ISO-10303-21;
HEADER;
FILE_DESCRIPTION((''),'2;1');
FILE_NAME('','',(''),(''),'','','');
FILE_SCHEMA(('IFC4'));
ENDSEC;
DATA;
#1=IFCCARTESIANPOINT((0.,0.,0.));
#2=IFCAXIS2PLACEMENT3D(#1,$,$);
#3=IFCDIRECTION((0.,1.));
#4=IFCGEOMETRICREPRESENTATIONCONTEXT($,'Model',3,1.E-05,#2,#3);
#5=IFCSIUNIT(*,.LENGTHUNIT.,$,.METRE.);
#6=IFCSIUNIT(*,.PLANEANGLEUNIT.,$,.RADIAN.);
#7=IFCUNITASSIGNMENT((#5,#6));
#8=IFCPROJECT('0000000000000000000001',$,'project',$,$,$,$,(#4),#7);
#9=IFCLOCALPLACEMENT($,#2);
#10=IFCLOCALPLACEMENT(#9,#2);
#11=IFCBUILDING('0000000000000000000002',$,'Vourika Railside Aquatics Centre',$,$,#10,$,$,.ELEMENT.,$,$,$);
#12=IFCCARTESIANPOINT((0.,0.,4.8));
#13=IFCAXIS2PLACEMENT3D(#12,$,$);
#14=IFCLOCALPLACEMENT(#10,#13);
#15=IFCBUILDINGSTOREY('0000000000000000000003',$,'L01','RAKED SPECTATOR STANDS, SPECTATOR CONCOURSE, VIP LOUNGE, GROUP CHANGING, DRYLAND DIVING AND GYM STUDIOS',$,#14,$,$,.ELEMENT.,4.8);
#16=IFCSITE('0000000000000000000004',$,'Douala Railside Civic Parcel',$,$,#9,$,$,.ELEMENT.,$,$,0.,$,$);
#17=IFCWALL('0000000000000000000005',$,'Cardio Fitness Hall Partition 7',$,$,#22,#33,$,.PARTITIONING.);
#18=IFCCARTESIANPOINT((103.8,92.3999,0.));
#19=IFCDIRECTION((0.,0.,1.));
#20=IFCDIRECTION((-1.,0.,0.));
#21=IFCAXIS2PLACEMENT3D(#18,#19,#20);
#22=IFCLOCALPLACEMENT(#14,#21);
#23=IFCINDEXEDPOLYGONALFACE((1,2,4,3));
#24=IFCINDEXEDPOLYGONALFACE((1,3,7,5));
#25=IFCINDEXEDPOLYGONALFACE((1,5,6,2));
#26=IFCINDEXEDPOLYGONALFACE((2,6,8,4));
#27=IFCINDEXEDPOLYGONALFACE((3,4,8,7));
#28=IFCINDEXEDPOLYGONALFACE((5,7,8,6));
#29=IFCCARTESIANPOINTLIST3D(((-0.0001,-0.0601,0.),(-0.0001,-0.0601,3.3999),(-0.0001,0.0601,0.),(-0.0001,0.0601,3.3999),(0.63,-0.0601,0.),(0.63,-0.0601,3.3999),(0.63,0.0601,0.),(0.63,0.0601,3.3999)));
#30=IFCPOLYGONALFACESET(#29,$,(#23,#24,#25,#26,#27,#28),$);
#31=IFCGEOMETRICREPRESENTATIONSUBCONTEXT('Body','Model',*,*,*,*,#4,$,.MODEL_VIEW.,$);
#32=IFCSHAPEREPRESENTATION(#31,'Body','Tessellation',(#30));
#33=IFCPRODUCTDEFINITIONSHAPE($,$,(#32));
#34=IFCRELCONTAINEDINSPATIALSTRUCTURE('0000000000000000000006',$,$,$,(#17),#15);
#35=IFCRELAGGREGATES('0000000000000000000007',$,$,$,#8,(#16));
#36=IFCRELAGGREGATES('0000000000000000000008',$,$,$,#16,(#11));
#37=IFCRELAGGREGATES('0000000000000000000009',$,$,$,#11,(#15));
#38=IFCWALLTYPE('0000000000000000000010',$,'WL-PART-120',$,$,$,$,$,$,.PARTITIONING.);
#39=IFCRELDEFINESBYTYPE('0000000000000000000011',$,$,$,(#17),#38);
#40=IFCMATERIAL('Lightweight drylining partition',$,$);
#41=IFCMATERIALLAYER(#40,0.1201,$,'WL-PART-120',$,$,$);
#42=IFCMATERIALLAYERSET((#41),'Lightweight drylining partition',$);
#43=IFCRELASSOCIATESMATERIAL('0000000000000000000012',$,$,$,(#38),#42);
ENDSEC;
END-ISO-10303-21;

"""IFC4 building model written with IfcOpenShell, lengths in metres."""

from ifc_helpers import new_model, si_unit, direction, frame, frame_2d, origin, place, context, subcontext, project, spatial, rectangle, extrude, material, layer, layer_set, type_object, element, save


model = new_model("IFC4")

# Units and contexts
model_context = context("Model", 3, precision=1e-05, world=origin(), true_north=direction((0.0, 1.0)))
body_context = subcontext(model_context, "Body", "Model", "MODEL_VIEW")
ifc_project = project(units=[si_unit("LENGTHUNIT", "METRE"), si_unit("PLANEANGLEUNIT", "RADIAN")], contexts=[model_context])

# Site, building, storey
site_placement = place(None, origin())
site = spatial("IfcSite", under=ifc_project, at=site_placement, Name="Douala Railside Civic Parcel", CompositionType="ELEMENT", RefElevation=0.0)
building_placement = place(site_placement, origin())
building = spatial("IfcBuilding", under=site, at=building_placement, Name="Vourika Railside Aquatics Centre", CompositionType="ELEMENT")
storey_placement = place(building_placement, frame((0.0, 0.0, 4.8)))
storey = spatial("IfcBuildingStorey", under=building, at=storey_placement, Name="L01", Description="RAKED SPECTATOR STANDS, SPECTATOR CONCOURSE, VIP LOUNGE, GROUP CHANGING, DRYLAND DIVING AND GYM STUDIOS", CompositionType="ELEMENT", Elevation=4.8)

# Wall
ifc_material_1 = material(Name="Lightweight drylining partition")
ifc_layer_1 = layer(ifc_material_1, 0.1201, Name="WL-PART-120")
ifc_layer_set_1 = layer_set([ifc_layer_1], Name="Lightweight drylining partition")
wall_type = type_object("IfcWallType", Name="WL-PART-120", PredefinedType="PARTITIONING", material=ifc_layer_set_1)
for number, where, z_axis, x_axis, name in (
    (1, (103.8, 92.3999, 0.0), (0.0, 0.0, 1.0), (-1.0, 0.0, 0.0), "Cardio Fitness Hall Partition 7"),
):
    element("IfcWall", number, at=place(storey_placement, frame(where, z_axis=z_axis, x_axis=x_axis)), inside=storey, type_object=wall_type, Name=name, PredefinedType="PARTITIONING", context=body_context, shape_type="SweptSolid", body=[
        extrude(rectangle(XDim=0.6301, YDim=0.1201, at=frame_2d((0.3149, 0.0))), origin(), (0.0, 0.0, 1.0), 3.3999),
    ])

save(model, "model.ifc")
